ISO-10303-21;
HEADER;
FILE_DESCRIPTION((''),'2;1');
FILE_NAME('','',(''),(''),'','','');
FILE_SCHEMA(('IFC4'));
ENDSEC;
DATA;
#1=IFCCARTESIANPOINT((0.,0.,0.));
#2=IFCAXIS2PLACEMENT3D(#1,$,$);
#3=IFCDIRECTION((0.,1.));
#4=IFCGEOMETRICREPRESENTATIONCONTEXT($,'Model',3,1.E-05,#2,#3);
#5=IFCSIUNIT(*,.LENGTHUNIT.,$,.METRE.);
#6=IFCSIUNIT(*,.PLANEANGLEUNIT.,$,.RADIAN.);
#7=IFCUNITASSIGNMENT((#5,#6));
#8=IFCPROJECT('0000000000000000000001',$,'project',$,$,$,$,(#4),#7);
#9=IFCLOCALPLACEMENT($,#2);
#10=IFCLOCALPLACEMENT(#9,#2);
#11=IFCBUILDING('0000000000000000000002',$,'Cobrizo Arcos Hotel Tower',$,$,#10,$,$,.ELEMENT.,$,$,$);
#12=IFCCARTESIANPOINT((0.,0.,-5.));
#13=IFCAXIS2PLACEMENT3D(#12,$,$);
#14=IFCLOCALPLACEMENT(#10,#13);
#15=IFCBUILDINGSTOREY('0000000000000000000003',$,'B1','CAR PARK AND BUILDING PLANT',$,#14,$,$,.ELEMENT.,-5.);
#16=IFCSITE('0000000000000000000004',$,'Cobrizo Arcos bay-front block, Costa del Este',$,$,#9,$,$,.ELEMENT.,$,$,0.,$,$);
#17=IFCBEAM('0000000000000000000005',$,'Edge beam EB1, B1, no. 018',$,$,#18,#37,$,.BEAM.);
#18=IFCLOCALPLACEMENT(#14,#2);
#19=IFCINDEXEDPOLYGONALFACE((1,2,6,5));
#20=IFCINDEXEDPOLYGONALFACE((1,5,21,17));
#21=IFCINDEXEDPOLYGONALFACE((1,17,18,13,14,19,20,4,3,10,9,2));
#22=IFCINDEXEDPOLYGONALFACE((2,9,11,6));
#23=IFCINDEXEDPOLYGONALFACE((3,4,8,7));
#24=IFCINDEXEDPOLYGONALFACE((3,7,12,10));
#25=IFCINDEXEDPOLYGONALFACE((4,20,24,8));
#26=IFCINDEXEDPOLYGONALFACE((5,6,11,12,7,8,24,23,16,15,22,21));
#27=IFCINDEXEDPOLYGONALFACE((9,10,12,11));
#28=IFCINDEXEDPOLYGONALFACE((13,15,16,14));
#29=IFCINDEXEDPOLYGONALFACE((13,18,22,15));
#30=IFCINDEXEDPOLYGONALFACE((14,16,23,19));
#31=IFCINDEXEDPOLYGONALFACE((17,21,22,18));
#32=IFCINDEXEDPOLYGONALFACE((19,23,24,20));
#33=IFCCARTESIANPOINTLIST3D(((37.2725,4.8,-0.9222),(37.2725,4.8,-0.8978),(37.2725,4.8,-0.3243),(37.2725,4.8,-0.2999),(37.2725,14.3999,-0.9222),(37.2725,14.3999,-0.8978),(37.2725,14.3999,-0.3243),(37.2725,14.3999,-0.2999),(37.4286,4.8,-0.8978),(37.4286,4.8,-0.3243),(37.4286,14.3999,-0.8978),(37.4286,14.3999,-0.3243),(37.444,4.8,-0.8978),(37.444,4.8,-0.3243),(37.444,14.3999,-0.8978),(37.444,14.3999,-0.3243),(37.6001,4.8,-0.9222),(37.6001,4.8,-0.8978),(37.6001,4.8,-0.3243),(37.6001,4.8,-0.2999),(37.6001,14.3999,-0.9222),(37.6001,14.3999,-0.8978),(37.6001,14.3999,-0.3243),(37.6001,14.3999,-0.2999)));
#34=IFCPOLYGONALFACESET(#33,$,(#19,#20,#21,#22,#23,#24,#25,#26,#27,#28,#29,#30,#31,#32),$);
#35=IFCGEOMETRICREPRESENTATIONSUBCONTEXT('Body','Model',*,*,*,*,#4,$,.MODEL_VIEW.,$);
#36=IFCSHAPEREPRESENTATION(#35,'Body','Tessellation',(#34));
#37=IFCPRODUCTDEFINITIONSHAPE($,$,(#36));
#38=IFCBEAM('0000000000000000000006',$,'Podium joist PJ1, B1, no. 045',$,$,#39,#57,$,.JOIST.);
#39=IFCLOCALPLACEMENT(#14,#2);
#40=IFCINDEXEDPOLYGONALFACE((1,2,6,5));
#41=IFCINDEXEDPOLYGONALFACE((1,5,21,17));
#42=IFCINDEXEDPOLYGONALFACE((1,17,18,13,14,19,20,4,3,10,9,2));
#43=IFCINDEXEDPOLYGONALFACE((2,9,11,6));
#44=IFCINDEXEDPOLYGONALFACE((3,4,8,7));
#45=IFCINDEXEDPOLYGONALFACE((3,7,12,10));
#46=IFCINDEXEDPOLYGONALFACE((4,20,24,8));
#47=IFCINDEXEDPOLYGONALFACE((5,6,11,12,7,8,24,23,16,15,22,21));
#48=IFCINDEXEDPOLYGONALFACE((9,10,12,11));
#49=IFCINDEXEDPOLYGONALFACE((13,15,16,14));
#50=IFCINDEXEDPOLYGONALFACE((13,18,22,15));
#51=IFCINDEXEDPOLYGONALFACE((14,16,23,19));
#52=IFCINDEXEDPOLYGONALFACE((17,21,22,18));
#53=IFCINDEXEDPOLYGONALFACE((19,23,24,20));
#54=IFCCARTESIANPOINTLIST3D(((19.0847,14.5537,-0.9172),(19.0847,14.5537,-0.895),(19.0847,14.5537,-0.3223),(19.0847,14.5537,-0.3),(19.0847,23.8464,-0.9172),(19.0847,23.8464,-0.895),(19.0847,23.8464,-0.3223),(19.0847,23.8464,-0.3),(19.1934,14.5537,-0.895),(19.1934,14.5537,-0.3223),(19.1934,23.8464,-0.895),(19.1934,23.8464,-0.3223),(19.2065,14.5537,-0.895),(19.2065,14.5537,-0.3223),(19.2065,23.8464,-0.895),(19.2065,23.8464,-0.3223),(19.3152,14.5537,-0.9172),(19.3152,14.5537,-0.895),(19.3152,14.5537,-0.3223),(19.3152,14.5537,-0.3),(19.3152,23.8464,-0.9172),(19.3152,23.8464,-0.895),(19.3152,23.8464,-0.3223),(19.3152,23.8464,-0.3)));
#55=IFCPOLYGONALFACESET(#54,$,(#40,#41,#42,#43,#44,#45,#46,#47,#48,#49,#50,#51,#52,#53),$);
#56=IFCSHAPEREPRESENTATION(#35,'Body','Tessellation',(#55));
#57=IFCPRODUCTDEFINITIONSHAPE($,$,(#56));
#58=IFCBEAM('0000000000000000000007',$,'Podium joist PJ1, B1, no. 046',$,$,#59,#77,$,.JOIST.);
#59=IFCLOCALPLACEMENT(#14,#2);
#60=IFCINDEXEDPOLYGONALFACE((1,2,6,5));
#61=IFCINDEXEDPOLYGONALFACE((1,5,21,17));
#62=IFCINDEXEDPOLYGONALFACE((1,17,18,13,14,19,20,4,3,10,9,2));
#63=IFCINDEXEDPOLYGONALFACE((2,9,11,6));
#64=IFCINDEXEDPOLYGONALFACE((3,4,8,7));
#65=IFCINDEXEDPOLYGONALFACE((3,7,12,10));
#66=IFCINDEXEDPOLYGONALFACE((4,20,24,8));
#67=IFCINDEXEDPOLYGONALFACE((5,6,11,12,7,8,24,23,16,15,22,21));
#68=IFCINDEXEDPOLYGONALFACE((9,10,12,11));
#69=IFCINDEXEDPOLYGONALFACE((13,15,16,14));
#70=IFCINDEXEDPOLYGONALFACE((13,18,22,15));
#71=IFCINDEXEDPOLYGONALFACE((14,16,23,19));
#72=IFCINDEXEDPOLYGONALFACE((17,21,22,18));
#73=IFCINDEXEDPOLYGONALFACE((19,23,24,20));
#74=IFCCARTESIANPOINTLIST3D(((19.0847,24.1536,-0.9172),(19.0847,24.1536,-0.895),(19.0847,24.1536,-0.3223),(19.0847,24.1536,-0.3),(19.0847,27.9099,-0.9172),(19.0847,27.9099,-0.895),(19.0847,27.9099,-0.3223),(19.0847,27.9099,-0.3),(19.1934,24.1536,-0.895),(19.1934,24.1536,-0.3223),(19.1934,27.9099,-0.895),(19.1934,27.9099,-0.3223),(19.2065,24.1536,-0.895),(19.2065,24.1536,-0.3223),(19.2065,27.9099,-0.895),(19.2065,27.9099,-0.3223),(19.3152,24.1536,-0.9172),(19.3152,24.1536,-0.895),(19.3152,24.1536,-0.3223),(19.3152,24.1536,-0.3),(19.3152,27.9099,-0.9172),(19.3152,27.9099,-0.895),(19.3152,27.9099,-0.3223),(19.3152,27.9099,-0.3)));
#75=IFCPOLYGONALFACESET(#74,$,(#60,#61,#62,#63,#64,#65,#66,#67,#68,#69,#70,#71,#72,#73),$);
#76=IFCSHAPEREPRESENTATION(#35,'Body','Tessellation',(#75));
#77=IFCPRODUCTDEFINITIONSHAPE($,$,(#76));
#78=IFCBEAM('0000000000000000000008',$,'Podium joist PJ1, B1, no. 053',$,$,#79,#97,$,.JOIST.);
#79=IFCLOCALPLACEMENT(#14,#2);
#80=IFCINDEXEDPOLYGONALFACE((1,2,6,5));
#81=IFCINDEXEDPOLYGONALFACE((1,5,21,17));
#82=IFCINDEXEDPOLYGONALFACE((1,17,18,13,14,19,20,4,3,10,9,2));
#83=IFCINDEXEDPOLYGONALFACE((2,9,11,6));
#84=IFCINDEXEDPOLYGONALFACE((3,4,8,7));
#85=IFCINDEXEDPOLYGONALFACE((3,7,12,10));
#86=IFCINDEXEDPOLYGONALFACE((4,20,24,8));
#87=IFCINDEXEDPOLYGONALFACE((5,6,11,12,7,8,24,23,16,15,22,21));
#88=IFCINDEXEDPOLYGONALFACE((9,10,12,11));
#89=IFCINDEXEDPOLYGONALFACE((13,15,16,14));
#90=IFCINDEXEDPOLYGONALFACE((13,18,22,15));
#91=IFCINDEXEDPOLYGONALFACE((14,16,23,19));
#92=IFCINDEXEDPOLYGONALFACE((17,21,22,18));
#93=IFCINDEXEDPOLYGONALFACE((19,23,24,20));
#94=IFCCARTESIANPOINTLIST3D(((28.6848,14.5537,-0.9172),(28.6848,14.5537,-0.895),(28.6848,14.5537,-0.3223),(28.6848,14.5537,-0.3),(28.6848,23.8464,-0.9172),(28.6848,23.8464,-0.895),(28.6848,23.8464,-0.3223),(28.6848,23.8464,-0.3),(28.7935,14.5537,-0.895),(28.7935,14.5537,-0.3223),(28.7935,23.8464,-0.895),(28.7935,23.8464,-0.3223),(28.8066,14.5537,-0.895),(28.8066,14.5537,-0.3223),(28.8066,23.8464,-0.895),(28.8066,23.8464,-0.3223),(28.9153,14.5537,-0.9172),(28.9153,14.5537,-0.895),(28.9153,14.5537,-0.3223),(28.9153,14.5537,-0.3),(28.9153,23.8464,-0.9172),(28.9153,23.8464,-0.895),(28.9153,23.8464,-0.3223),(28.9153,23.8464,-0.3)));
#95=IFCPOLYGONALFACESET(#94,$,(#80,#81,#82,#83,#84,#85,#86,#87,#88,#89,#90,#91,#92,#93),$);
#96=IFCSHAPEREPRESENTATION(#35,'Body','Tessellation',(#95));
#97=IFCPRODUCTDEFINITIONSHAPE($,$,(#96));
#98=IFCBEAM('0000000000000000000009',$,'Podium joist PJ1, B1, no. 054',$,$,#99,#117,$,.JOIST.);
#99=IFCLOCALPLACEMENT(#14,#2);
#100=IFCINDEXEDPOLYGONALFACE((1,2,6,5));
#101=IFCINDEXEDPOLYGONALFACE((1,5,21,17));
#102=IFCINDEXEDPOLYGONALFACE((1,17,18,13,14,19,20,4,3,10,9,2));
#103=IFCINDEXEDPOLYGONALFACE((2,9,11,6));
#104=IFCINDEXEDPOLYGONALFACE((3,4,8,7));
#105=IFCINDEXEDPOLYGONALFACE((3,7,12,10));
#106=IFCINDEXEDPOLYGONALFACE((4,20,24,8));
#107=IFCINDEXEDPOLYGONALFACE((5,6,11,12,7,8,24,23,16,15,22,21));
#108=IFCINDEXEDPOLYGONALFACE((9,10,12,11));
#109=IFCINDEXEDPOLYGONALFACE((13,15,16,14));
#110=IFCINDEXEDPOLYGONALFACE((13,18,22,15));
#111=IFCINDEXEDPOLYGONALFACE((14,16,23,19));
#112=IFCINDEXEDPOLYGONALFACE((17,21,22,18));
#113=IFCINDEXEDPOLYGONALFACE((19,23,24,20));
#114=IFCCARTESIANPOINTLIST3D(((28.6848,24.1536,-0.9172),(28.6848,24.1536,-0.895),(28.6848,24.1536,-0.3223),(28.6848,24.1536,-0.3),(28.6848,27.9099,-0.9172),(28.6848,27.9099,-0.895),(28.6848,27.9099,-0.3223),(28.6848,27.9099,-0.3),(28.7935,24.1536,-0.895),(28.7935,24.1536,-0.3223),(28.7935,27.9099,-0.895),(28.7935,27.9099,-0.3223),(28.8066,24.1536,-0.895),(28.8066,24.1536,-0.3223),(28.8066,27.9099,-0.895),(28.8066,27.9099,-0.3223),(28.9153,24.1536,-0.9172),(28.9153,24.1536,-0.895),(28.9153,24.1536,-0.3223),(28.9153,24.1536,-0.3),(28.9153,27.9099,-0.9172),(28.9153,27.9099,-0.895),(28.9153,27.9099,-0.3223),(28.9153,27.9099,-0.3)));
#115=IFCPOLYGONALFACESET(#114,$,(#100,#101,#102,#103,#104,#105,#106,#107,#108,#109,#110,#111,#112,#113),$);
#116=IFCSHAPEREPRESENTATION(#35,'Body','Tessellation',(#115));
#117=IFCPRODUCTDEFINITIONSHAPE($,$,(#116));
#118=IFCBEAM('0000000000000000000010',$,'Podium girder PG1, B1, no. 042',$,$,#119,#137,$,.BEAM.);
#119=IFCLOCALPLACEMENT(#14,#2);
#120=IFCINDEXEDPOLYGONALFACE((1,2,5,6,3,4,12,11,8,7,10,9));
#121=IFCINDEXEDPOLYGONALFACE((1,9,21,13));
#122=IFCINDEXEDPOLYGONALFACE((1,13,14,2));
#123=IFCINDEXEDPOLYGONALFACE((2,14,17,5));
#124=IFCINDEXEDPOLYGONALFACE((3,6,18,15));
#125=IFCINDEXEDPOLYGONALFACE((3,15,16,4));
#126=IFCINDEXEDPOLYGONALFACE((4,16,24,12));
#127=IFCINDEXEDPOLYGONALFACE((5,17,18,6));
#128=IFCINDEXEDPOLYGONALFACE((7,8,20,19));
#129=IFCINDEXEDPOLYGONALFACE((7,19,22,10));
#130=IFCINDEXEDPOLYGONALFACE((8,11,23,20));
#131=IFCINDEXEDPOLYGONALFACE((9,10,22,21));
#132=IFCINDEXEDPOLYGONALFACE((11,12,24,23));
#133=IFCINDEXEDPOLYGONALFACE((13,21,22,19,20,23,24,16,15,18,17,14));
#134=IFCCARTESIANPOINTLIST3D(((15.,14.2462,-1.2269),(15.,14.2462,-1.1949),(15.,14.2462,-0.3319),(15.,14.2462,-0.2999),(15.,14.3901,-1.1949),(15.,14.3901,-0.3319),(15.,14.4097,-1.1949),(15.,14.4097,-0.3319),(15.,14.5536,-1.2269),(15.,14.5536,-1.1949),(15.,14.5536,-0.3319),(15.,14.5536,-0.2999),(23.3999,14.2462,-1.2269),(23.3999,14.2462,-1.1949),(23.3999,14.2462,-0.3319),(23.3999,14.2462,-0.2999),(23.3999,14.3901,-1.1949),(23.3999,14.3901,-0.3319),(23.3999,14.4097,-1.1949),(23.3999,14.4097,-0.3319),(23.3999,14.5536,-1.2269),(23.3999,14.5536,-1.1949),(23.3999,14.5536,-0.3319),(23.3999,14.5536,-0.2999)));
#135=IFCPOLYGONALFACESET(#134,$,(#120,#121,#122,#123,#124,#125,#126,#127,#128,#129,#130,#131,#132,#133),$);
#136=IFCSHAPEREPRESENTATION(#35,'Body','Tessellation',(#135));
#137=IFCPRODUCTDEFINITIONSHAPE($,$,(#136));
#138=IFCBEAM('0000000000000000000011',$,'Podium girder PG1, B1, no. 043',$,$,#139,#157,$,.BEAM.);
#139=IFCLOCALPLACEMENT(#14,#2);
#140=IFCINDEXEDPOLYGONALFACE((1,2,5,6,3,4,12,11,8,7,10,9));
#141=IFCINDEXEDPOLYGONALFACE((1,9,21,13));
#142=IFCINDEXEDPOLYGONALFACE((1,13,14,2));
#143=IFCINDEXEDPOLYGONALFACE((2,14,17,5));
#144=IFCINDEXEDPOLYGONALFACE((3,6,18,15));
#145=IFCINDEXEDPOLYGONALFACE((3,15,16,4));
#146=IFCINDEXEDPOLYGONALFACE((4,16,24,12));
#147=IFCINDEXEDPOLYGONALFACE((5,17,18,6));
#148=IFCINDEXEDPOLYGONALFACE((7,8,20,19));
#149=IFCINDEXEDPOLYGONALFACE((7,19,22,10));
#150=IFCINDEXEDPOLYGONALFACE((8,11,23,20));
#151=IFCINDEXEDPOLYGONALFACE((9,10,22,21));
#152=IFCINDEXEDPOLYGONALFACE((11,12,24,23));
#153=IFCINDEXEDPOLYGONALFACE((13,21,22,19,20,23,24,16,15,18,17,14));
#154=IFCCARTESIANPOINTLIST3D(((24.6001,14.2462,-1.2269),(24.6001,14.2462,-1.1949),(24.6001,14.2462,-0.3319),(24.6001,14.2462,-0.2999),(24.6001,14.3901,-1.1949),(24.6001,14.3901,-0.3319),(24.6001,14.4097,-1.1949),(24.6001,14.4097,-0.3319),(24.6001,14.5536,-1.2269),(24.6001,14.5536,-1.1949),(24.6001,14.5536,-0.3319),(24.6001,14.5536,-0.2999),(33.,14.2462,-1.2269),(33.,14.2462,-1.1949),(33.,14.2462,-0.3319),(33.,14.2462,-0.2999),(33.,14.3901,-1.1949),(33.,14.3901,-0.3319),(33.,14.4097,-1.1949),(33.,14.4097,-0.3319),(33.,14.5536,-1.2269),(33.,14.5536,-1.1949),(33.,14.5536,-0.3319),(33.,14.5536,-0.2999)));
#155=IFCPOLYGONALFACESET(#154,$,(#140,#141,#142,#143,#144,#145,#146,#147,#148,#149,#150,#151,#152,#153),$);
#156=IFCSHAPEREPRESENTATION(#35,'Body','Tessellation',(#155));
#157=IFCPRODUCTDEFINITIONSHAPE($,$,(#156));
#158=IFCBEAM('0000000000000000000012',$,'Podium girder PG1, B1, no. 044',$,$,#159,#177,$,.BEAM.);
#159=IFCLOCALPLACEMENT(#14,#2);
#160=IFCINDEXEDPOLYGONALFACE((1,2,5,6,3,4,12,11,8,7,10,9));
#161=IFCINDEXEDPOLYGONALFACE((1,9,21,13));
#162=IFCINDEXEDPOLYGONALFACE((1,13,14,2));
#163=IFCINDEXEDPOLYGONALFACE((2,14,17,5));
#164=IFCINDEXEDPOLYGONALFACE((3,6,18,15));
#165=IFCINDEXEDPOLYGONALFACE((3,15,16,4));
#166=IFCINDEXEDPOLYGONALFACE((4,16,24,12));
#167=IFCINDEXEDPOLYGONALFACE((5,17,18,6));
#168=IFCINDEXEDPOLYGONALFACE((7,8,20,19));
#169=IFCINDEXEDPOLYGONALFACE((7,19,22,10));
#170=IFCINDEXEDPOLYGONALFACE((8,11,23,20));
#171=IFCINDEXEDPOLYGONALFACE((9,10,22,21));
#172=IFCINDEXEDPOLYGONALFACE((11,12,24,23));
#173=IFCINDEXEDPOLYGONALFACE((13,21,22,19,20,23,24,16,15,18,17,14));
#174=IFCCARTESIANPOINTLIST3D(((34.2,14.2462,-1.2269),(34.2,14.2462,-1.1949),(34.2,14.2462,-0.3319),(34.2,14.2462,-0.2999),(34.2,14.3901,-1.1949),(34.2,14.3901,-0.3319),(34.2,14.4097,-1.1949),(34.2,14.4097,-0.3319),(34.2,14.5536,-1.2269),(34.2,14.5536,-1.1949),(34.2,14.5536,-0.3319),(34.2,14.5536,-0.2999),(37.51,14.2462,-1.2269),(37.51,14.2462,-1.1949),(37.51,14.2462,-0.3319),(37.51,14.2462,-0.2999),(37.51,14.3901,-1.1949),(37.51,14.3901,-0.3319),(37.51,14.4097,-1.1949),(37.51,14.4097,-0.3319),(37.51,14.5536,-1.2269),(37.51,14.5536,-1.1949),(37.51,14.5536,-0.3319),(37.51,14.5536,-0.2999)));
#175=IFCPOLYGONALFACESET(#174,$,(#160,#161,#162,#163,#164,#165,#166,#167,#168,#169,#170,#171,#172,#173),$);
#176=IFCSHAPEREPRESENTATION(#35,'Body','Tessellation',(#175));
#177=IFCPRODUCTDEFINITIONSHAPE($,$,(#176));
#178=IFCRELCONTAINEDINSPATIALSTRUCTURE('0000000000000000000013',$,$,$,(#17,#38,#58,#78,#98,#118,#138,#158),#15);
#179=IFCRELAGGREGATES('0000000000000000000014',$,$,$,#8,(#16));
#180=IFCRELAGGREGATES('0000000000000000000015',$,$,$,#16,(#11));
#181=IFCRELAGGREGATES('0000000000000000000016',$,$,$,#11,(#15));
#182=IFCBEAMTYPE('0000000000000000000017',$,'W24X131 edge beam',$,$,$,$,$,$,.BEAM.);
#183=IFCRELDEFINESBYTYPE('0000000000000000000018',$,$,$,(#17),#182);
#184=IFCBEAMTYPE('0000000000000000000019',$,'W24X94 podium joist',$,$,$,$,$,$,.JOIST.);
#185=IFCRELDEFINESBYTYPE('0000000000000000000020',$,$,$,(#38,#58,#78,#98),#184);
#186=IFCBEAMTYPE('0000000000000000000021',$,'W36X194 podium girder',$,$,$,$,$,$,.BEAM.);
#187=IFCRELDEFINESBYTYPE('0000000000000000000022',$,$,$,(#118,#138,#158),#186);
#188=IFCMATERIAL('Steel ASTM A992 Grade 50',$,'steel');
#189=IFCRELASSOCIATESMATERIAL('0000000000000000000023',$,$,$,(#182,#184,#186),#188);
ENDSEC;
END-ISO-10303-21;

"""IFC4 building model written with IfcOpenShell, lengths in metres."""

from ifc_helpers import new_model, si_unit, direction, frame, origin, origin_2d, place, context, subcontext, project, spatial, i_section, extrude, material, material_profile, profile_set, type_object, element, save


model = new_model("IFC4")

# Units and contexts
model_context = context("Model", 3, precision=1e-05, world=origin(), true_north=direction((0.0, 1.0)))
body_context = subcontext(model_context, "Body", "Model", "MODEL_VIEW")
ifc_project = project(units=[si_unit("LENGTHUNIT", "METRE"), si_unit("PLANEANGLEUNIT", "RADIAN")], contexts=[model_context])

# Site, building, storey
site_placement = place(None, origin())
site = spatial("IfcSite", under=ifc_project, at=site_placement, Name="Cobrizo Arcos bay-front block, Costa del Este", CompositionType="ELEMENT", RefElevation=0.0)
building_placement = place(site_placement, origin())
building = spatial("IfcBuilding", under=site, at=building_placement, Name="Cobrizo Arcos Hotel Tower", CompositionType="ELEMENT")
storey_placement = place(building_placement, frame((0.0, 0.0, -5.0)))
storey = spatial("IfcBuildingStorey", under=building, at=storey_placement, Name="B1", Description="CAR PARK AND BUILDING PLANT", CompositionType="ELEMENT", Elevation=-5.0)

# Beams
ifc_material_1 = material(Name="Steel ASTM A992 Grade 50", Category="steel")
ifc_material_profile_1 = material_profile(ifc_material_1, i_section(OverallWidth=0.3276, OverallDepth=0.6223, WebThickness=0.0154, FlangeThickness=0.0244, at=origin_2d()), Name="W24X131")
ifc_profile_set_1 = profile_set([ifc_material_profile_1], Name="Steel ASTM A992 Grade 50")
beam_type_1 = type_object("IfcBeamType", Name="W24X131 edge beam", PredefinedType="BEAM", material=ifc_profile_set_1)
beam_1_placement = place(storey_placement, frame((37.4363, 14.3999, -0.6111), z_axis=(0.0, -1.0, 0.0), x_axis=(1.0, 0.0, 0.0)))
element("IfcBeam", 1, at=beam_1_placement, inside=storey, type_object=beam_type_1, Name="Edge beam EB1, B1, no. 018", PredefinedType="BEAM", context=body_context, shape_type="SweptSolid", body=[
    extrude(i_section(OverallWidth=0.3276, OverallDepth=0.6223, WebThickness=0.0154, FlangeThickness=0.0244, at=origin_2d()), origin(), (0.0, 0.0, 1.0), 9.5999),
])
ifc_material_profile_2 = material_profile(ifc_material_1, i_section(OverallWidth=0.2305, OverallDepth=0.6172, WebThickness=0.0132, FlangeThickness=0.0222, at=origin_2d()), Name="W24X94")
ifc_profile_set_2 = profile_set([ifc_material_profile_2], Name="Steel ASTM A992 Grade 50")
beam_type_2 = type_object("IfcBeamType", Name="W24X94 podium joist", PredefinedType="JOIST", material=ifc_profile_set_2)
beam_2_placement = place(storey_placement, frame((19.2, 14.5537, -0.6086), z_axis=(0.0, 1.0, 0.0), x_axis=(-1.0, 0.0, 0.0)))
element("IfcBeam", 2, at=beam_2_placement, inside=storey, type_object=beam_type_2, Name="Podium joist PJ1, B1, no. 045", PredefinedType="JOIST", context=body_context, shape_type="SweptSolid", body=[
    extrude(i_section(OverallWidth=0.2305, OverallDepth=0.6172, WebThickness=0.0132, FlangeThickness=0.0222, at=origin_2d()), origin(), (0.0, 0.0, 1.0), 9.2927),
])
beam_3_placement = place(storey_placement, frame((19.2, 24.1536, -0.6086), z_axis=(0.0, 1.0, 0.0), x_axis=(-1.0, 0.0, 0.0)))
element("IfcBeam", 3, at=beam_3_placement, inside=storey, type_object=beam_type_2, Name="Podium joist PJ1, B1, no. 046", PredefinedType="JOIST", context=body_context, shape_type="SweptSolid", body=[
    extrude(i_section(OverallWidth=0.2305, OverallDepth=0.6172, WebThickness=0.0132, FlangeThickness=0.0222, at=origin_2d()), origin(), (0.0, 0.0, 1.0), 3.7563),
])
beam_4_placement = place(storey_placement, frame((28.8, 14.5537, -0.6086), z_axis=(0.0, 1.0, 0.0), x_axis=(-1.0, 0.0, 0.0)))
element("IfcBeam", 4, at=beam_4_placement, inside=storey, type_object=beam_type_2, Name="Podium joist PJ1, B1, no. 053", PredefinedType="JOIST", context=body_context, shape_type="SweptSolid", body=[
    extrude(i_section(OverallWidth=0.2305, OverallDepth=0.6172, WebThickness=0.0132, FlangeThickness=0.0222, at=origin_2d()), origin(), (0.0, 0.0, 1.0), 9.2927),
])
beam_5_placement = place(storey_placement, frame((28.8, 24.1536, -0.6086), z_axis=(0.0, 1.0, 0.0), x_axis=(-1.0, 0.0, 0.0)))
element("IfcBeam", 5, at=beam_5_placement, inside=storey, type_object=beam_type_2, Name="Podium joist PJ1, B1, no. 054", PredefinedType="JOIST", context=body_context, shape_type="SweptSolid", body=[
    extrude(i_section(OverallWidth=0.2305, OverallDepth=0.6172, WebThickness=0.0132, FlangeThickness=0.0222, at=origin_2d()), origin(), (0.0, 0.0, 1.0), 3.7563),
])
ifc_material_profile_3 = material_profile(ifc_material_1, i_section(OverallWidth=0.3074, OverallDepth=0.927, WebThickness=0.0195, FlangeThickness=0.032, at=origin_2d()), Name="W36X194")
ifc_profile_set_3 = profile_set([ifc_material_profile_3], Name="Steel ASTM A992 Grade 50")
beam_type_3 = type_object("IfcBeamType", Name="W36X194 podium girder", PredefinedType="BEAM", material=ifc_profile_set_3)
for number, where, z_axis, x_axis, name in (
    (6, (15.0, 14.3999, -0.7634), (1.0, 0.0, 0.0), (0.0, 1.0, 0.0), "Podium girder PG1, B1, no. 042"),
    (7, (24.6001, 14.3999, -0.7634), (1.0, 0.0, 0.0), (0.0, 1.0, 0.0), "Podium girder PG1, B1, no. 043"),
):
    element("IfcBeam", number, at=place(storey_placement, frame(where, z_axis=z_axis, x_axis=x_axis)), inside=storey, type_object=beam_type_3, Name=name, PredefinedType="BEAM", context=body_context, shape_type="SweptSolid", body=[
        extrude(i_section(OverallWidth=0.3074, OverallDepth=0.927, WebThickness=0.0195, FlangeThickness=0.032, at=origin_2d()), origin(), (0.0, 0.0, 1.0), 8.3999),
    ])
beam_6_placement = place(storey_placement, frame((34.2, 14.3999, -0.7634), z_axis=(1.0, 0.0, 0.0), x_axis=(0.0, 1.0, 0.0)))
element("IfcBeam", 8, at=beam_6_placement, inside=storey, type_object=beam_type_3, Name="Podium girder PG1, B1, no. 044", PredefinedType="BEAM", context=body_context, shape_type="SweptSolid", body=[
    extrude(i_section(OverallWidth=0.3074, OverallDepth=0.927, WebThickness=0.0195, FlangeThickness=0.032, at=origin_2d()), origin(), (0.0, 0.0, 1.0), 3.3101),
])

save(model, "model.ifc")
